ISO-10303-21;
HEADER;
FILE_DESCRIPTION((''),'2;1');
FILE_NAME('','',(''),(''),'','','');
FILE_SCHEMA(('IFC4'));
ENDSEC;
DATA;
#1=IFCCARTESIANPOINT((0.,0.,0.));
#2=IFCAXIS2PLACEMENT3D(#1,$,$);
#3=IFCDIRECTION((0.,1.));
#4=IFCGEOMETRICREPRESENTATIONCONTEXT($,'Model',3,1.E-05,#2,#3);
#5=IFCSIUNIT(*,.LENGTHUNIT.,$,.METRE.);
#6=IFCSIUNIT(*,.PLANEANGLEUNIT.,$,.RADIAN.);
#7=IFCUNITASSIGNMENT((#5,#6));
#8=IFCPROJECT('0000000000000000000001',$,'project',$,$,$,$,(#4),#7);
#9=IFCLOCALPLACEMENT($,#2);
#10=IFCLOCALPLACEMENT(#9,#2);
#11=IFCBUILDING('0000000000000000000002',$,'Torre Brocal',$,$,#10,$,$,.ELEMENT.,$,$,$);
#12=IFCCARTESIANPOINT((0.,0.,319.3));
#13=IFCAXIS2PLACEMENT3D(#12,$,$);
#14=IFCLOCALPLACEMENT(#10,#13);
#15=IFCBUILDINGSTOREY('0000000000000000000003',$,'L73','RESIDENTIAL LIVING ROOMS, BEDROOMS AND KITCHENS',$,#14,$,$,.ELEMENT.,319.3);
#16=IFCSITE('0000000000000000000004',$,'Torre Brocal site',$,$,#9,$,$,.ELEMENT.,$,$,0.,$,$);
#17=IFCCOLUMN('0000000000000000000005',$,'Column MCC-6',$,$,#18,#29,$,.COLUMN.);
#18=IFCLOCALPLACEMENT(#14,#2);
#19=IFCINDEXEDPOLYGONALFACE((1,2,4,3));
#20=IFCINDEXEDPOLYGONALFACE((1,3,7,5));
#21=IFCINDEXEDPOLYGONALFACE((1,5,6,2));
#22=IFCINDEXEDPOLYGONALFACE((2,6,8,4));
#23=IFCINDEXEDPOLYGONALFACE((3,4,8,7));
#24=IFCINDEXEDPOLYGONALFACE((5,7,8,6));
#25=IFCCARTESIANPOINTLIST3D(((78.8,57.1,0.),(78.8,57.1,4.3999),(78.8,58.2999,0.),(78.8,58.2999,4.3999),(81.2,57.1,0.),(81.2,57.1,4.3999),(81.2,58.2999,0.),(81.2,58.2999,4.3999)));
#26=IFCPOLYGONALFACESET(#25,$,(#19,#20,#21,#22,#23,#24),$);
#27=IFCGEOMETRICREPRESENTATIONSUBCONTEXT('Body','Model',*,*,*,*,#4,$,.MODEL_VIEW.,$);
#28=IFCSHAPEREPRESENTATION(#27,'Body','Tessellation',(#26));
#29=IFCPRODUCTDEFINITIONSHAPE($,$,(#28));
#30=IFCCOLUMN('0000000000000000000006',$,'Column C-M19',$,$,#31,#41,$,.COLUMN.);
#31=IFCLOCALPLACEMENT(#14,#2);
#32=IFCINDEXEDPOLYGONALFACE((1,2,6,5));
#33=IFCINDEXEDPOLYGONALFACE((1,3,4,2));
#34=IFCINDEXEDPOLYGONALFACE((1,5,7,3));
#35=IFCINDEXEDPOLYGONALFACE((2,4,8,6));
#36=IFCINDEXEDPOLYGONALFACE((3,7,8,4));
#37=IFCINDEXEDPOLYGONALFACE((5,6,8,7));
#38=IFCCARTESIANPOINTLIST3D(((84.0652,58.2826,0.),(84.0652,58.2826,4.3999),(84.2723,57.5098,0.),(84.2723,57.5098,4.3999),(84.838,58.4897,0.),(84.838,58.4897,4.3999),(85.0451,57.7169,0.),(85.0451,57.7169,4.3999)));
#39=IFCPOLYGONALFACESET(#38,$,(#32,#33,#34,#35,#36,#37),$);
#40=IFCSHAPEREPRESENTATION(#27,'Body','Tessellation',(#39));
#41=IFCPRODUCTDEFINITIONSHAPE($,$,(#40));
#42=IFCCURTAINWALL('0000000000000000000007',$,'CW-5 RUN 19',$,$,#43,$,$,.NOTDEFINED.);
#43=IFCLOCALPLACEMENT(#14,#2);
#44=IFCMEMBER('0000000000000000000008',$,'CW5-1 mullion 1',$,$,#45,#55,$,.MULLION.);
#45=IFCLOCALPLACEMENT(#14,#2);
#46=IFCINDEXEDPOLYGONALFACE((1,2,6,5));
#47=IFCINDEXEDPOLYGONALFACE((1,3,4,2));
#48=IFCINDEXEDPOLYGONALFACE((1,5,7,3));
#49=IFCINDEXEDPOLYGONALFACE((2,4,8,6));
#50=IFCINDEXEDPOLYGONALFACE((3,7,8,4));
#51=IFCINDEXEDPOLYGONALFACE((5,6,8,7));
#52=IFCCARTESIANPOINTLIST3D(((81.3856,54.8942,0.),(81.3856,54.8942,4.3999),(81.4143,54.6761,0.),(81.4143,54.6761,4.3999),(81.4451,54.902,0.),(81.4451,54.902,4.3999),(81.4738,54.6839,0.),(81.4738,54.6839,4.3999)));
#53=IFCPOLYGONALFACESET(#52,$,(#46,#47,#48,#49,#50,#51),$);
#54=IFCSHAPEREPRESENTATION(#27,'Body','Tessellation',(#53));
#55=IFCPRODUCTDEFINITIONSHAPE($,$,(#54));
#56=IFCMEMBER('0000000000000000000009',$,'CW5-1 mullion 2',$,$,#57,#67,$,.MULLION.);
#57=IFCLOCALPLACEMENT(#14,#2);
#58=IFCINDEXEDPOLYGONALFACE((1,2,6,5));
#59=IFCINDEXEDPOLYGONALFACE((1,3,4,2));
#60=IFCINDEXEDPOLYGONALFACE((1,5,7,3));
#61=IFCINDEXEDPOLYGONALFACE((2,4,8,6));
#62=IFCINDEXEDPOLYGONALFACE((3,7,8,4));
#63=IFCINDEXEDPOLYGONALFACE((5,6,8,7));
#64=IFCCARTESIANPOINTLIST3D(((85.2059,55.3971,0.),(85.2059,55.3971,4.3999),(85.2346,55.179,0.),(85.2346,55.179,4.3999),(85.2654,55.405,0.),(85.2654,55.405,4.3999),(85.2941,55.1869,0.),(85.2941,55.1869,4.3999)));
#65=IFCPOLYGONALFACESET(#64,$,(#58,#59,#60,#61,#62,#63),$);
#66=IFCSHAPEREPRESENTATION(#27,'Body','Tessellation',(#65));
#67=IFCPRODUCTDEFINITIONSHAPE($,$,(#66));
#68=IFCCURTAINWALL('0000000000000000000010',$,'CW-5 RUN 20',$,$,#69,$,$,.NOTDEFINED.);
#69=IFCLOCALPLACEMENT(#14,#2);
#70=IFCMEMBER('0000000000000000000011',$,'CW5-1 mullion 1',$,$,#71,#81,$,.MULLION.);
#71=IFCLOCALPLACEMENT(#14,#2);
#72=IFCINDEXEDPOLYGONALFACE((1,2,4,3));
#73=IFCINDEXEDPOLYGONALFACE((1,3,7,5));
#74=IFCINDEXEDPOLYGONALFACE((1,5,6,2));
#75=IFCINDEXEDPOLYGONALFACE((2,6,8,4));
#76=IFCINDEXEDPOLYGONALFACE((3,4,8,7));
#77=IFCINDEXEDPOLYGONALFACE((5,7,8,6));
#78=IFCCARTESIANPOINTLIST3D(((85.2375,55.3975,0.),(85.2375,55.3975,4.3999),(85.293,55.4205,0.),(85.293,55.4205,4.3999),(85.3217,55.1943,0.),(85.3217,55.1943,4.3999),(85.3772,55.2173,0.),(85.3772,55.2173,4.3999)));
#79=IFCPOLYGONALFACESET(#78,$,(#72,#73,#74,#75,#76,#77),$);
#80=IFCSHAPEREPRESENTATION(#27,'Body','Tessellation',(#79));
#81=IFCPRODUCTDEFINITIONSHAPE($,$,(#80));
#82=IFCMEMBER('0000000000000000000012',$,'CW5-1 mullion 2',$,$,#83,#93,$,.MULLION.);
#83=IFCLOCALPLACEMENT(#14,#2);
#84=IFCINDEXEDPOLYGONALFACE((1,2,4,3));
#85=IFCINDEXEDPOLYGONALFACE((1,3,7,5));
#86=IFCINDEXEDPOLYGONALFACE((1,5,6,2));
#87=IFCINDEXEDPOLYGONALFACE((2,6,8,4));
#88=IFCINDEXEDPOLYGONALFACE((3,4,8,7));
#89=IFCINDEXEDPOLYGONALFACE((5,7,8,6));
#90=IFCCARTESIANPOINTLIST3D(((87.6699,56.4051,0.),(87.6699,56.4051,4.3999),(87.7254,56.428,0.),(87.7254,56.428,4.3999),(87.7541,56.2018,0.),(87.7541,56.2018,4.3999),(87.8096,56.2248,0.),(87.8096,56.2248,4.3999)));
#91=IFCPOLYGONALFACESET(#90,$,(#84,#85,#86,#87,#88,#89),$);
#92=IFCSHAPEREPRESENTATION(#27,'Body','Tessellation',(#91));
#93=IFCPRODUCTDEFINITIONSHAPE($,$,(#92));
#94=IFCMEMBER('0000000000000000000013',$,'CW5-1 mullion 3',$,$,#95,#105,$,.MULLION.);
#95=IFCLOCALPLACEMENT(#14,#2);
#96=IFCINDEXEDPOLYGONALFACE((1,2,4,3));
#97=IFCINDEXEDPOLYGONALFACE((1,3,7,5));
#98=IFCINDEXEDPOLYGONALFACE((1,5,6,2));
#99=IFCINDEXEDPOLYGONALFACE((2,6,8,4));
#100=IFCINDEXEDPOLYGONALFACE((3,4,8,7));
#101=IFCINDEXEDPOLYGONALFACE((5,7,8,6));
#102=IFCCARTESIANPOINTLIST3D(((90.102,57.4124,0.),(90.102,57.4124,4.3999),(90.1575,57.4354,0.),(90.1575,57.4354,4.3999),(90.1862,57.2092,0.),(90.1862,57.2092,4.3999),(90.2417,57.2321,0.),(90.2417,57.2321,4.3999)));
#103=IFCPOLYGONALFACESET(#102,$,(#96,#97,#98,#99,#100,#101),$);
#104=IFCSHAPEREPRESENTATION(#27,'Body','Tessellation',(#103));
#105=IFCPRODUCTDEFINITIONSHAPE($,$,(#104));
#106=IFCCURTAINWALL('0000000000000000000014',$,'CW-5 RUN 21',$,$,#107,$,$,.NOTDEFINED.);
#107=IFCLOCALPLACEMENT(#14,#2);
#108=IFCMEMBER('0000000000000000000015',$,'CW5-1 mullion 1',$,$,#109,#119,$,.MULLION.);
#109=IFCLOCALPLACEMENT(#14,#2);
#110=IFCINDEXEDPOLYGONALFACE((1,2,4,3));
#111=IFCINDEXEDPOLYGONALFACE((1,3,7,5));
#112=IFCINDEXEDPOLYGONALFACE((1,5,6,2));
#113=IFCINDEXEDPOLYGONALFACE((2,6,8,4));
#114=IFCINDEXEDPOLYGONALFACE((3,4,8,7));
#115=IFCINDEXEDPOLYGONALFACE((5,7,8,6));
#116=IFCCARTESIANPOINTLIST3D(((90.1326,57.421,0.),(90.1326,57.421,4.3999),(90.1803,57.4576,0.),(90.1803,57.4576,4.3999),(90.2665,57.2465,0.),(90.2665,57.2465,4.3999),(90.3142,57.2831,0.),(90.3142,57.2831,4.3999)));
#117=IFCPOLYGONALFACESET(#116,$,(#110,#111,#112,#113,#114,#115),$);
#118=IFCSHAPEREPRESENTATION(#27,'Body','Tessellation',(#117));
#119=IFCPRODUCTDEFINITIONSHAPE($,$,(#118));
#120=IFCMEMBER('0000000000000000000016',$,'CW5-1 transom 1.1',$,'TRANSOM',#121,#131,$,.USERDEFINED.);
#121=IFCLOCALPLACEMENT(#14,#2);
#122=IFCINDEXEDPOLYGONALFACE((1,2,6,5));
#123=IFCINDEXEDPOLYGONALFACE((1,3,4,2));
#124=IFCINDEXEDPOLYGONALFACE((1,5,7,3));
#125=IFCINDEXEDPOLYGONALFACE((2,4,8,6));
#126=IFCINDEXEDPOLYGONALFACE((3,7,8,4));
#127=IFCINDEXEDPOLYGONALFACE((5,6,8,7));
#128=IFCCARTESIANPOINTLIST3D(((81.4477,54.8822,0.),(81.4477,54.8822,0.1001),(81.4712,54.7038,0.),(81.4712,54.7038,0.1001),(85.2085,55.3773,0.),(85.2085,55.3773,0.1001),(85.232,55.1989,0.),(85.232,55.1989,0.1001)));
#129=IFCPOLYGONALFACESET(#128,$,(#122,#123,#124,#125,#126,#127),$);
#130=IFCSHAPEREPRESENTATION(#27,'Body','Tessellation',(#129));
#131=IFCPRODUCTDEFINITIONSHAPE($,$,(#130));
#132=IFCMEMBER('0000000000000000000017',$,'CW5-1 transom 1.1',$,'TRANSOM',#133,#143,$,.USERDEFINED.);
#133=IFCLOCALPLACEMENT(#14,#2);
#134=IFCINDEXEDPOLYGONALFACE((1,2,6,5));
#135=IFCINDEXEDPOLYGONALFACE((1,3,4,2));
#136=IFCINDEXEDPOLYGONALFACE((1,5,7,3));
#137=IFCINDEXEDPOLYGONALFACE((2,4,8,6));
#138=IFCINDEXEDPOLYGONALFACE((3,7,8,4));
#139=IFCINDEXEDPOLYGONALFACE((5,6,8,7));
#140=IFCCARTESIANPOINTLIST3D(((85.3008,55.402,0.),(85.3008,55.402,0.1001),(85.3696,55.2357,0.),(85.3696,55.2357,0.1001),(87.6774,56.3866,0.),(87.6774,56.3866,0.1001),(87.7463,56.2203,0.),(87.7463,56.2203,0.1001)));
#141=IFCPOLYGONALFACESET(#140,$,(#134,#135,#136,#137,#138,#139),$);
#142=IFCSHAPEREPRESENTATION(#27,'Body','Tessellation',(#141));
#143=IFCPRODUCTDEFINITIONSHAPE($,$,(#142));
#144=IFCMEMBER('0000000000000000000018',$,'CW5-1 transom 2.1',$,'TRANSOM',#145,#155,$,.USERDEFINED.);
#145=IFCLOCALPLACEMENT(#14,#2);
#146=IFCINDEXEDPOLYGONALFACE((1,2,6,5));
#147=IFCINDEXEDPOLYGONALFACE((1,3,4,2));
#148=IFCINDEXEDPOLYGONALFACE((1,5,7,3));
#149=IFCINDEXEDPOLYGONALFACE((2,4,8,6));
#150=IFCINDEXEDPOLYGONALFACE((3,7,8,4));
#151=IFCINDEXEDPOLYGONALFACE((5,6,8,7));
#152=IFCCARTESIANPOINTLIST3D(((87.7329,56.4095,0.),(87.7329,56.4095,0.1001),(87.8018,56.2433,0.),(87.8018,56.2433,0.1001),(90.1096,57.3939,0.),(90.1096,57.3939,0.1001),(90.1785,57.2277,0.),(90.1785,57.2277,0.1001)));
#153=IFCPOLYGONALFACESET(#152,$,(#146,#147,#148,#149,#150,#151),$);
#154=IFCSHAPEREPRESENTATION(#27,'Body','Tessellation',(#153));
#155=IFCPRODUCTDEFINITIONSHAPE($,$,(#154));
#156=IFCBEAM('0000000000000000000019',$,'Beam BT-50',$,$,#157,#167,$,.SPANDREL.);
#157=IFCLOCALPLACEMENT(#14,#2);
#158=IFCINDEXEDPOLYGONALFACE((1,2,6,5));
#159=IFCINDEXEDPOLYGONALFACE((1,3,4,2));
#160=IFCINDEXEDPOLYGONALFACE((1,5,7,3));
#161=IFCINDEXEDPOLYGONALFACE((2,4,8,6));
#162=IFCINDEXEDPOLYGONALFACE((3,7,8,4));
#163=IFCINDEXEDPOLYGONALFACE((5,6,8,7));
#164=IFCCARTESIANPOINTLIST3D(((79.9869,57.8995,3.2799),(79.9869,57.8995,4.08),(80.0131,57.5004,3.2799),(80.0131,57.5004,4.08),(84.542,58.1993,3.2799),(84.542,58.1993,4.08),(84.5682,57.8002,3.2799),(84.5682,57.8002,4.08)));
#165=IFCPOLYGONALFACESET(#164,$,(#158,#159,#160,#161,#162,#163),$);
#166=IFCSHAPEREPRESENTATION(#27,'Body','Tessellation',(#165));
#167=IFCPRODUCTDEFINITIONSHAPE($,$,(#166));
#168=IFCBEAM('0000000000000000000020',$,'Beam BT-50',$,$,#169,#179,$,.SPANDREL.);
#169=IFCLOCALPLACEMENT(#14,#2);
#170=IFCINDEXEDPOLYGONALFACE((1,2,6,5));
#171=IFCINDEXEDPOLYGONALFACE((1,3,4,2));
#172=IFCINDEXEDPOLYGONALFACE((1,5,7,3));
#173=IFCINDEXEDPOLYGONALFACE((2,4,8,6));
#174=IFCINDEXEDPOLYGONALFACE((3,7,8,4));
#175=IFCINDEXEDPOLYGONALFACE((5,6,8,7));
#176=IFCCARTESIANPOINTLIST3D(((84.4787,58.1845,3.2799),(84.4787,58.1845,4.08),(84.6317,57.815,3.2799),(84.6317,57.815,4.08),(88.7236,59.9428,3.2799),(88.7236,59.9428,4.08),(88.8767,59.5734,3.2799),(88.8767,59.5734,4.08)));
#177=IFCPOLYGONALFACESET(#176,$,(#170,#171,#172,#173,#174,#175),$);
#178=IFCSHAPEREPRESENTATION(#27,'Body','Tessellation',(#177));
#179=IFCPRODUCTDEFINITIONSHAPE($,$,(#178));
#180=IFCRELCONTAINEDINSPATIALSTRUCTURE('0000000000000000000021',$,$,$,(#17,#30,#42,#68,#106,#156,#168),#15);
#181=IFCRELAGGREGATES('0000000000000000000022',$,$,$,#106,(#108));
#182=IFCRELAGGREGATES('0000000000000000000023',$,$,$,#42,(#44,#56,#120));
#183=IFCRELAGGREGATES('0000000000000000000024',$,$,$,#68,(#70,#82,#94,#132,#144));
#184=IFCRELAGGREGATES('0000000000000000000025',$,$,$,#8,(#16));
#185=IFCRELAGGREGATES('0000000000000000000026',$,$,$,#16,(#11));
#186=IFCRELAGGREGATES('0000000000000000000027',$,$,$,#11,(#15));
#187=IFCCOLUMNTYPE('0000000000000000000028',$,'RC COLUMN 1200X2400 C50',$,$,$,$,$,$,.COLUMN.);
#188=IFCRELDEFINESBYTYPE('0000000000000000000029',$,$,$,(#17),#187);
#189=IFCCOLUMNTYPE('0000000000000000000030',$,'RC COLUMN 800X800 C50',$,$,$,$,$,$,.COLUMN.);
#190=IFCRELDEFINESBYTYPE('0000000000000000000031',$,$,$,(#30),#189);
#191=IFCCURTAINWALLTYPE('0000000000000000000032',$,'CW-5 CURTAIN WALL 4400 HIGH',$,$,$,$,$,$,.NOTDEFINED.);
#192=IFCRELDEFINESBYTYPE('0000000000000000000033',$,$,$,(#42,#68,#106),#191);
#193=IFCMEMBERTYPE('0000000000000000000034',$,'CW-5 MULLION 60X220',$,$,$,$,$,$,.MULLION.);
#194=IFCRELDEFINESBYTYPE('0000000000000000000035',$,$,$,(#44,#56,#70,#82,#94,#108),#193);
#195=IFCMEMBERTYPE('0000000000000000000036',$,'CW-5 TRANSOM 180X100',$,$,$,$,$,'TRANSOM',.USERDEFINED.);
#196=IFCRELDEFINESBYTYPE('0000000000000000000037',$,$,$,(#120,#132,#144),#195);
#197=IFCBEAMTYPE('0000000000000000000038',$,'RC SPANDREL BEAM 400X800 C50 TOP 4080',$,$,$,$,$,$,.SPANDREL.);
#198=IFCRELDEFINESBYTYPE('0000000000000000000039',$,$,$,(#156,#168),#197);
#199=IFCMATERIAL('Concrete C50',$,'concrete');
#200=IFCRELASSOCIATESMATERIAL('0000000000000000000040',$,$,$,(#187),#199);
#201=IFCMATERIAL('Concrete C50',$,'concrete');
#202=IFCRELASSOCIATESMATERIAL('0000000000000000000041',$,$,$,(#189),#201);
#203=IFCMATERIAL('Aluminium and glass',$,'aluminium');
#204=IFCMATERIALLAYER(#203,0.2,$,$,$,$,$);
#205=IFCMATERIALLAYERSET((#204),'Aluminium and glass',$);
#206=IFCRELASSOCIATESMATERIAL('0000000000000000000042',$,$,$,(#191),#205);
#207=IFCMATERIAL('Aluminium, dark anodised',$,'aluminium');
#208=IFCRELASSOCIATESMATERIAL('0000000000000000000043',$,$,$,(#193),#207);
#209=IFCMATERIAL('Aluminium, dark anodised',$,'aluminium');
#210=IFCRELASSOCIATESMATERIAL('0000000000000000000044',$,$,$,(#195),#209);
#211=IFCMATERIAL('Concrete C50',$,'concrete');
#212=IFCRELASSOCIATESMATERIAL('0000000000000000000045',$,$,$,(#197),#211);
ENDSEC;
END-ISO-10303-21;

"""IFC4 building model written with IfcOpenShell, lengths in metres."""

from ifc_helpers import new_model, si_unit, direction, frame, origin, origin_2d, place, context, subcontext, project, spatial, rectangle, extrude, material, layer, layer_set, material_profile, profile_set, type_object, element, aggregate, save


model = new_model("IFC4")

# Units and contexts
model_context = context("Model", 3, precision=1e-05, world=origin(), true_north=direction((0.0, 1.0)))
body_context = subcontext(model_context, "Body", "Model", "MODEL_VIEW")
ifc_project = project(units=[si_unit("LENGTHUNIT", "METRE"), si_unit("PLANEANGLEUNIT", "RADIAN")], contexts=[model_context])

# Site, building, storey
site_placement = place(None, origin())
site = spatial("IfcSite", under=ifc_project, at=site_placement, Name="Torre Brocal site", CompositionType="ELEMENT", RefElevation=0.0)
building_placement = place(site_placement, origin())
building = spatial("IfcBuilding", under=site, at=building_placement, Name="Torre Brocal", CompositionType="ELEMENT")
storey_placement = place(building_placement, frame((0.0, 0.0, 319.3)))
storey = spatial("IfcBuildingStorey", under=building, at=storey_placement, Name="L73", Description="RESIDENTIAL LIVING ROOMS, BEDROOMS AND KITCHENS", CompositionType="ELEMENT", Elevation=319.3)

# Columns
ifc_material_1 = material(Name="Concrete C50", Category="concrete")
ifc_material_profile_1 = material_profile(ifc_material_1, rectangle(XDim=1.2, YDim=2.3999, at=origin_2d()), Name="RC 1200X2400")
ifc_profile_set_1 = profile_set([ifc_material_profile_1], Name="Concrete C50")
column_type_1 = type_object("IfcColumnType", Name="RC COLUMN 1200X2400 C50", PredefinedType="COLUMN", material=ifc_profile_set_1)
column_1_placement = place(storey_placement, frame((80.0, 57.7, 0.0), z_axis=(0.0, 0.0, 1.0), x_axis=(0.0, -1.0, 0.0)))
element("IfcColumn", 1, at=column_1_placement, inside=storey, type_object=column_type_1, Name="Column MCC-6", PredefinedType="COLUMN", context=body_context, shape_type="SweptSolid", body=[
    extrude(rectangle(XDim=1.2, YDim=2.3999, at=origin_2d()), origin(), (0.0, 0.0, 1.0), 4.3999),
])
ifc_material_2 = material(Name="Concrete C50", Category="concrete")
ifc_material_profile_2 = material_profile(ifc_material_2, rectangle(XDim=0.8, YDim=0.8, at=origin_2d()), Name="RC 800X800")
ifc_profile_set_2 = profile_set([ifc_material_profile_2], Name="Concrete C50")
column_type_2 = type_object("IfcColumnType", Name="RC COLUMN 800X800 C50", PredefinedType="COLUMN", material=ifc_profile_set_2)
column_2_placement = place(storey_placement, frame((84.5552, 57.9998, 0.0), z_axis=(0.0, 0.0, 1.0), x_axis=(0.258819, -0.965926, 0.0)))
element("IfcColumn", 2, at=column_2_placement, inside=storey, type_object=column_type_2, Name="Column C-M19", PredefinedType="COLUMN", context=body_context, shape_type="SweptSolid", body=[
    extrude(rectangle(XDim=0.8, YDim=0.8, at=origin_2d()), origin(), (0.0, 0.0, 1.0), 4.3999),
])

# Curtain walls, members
ifc_material_3 = material(Name="Aluminium and glass", Category="aluminium")
ifc_layer_1 = layer(ifc_material_3, 0.2)
ifc_layer_set_1 = layer_set([ifc_layer_1], Name="Aluminium and glass")
curtain_wall_type = type_object("IfcCurtainWallType", Name="CW-5 CURTAIN WALL 4400 HIGH", PredefinedType="NOTDEFINED", material=ifc_layer_set_1)
curtain_wall_1_placement = place(storey_placement, origin())
curtain_wall_1 = element("IfcCurtainWall", 3, at=curtain_wall_1_placement, inside=storey, type_object=curtain_wall_type, Name="CW-5 RUN 19", PredefinedType="NOTDEFINED")
ifc_material_4 = material(Name="Aluminium, dark anodised", Category="aluminium")
ifc_material_profile_3 = material_profile(ifc_material_4, rectangle(XDim=0.22, YDim=0.0601, at=origin_2d()), Name="CW-5 MULLION 60X220")
ifc_profile_set_3 = profile_set([ifc_material_profile_3], Name="Aluminium, dark anodised")
member_type_1 = type_object("IfcMemberType", Name="CW-5 MULLION 60X220", PredefinedType="MULLION", material=ifc_profile_set_3)
member_1_placement = place(storey_placement, frame((81.4297, 54.7891, 0.0), z_axis=(0.0, 0.0, 1.0), x_axis=(-0.130526, 0.991445, 0.0)))
member_1 = element("IfcMember", 4, at=member_1_placement, type_object=member_type_1, Name="CW5-1 mullion 1", PredefinedType="MULLION", context=body_context, shape_type="SweptSolid", body=[
    extrude(rectangle(XDim=0.22, YDim=0.0601, at=origin_2d()), origin(), (0.0, 0.0, 1.0), 4.3999),
])
member_2_placement = place(storey_placement, frame((85.25, 55.292, 0.0), z_axis=(0.0, 0.0, 1.0), x_axis=(-0.130526, 0.991445, 0.0)))
member_2 = element("IfcMember", 5, at=member_2_placement, type_object=member_type_1, Name="CW5-1 mullion 2", PredefinedType="MULLION", context=body_context, shape_type="SweptSolid", body=[
    extrude(rectangle(XDim=0.22, YDim=0.0601, at=origin_2d()), origin(), (0.0, 0.0, 1.0), 4.3999),
])
curtain_wall_2_placement = place(storey_placement, origin())
curtain_wall_2 = element("IfcCurtainWall", 6, at=curtain_wall_2_placement, inside=storey, type_object=curtain_wall_type, Name="CW-5 RUN 20", PredefinedType="NOTDEFINED")
member_3_placement = place(storey_placement, frame((85.3074, 55.3074, 0.0), z_axis=(0.0, 0.0, 1.0), x_axis=(-0.382683, 0.92388, 0.0)))
member_3 = element("IfcMember", 7, at=member_3_placement, type_object=member_type_1, Name="CW5-1 mullion 1", PredefinedType="MULLION", context=body_context, shape_type="SweptSolid", body=[
    extrude(rectangle(XDim=0.22, YDim=0.0601, at=origin_2d()), origin(), (0.0, 0.0, 1.0), 4.3999),
])
member_4_placement = place(storey_placement, frame((87.7397, 56.3149, 0.0), z_axis=(0.0, 0.0, 1.0), x_axis=(-0.382683, 0.92388, 0.0)))
member_4 = element("IfcMember", 8, at=member_4_placement, type_object=member_type_1, Name="CW5-1 mullion 2", PredefinedType="MULLION", context=body_context, shape_type="SweptSolid", body=[
    extrude(rectangle(XDim=0.22, YDim=0.0601, at=origin_2d()), origin(), (0.0, 0.0, 1.0), 4.3999),
])
member_5_placement = place(storey_placement, frame((90.1719, 57.3223, 0.0), z_axis=(0.0, 0.0, 1.0), x_axis=(-0.382683, 0.92388, 0.0)))
member_5 = element("IfcMember", 9, at=member_5_placement, type_object=member_type_1, Name="CW5-1 mullion 3", PredefinedType="MULLION", context=body_context, shape_type="SweptSolid", body=[
    extrude(rectangle(XDim=0.22, YDim=0.0601, at=origin_2d()), origin(), (0.0, 0.0, 1.0), 4.3999),
])

# Curtain wall, member
curtain_wall_3_placement = place(storey_placement, origin())
curtain_wall_3 = element("IfcCurtainWall", 10, at=curtain_wall_3_placement, inside=storey, type_object=curtain_wall_type, Name="CW-5 RUN 21", PredefinedType="NOTDEFINED")
member_6_placement = place(storey_placement, frame((90.2234, 57.3521, 0.0), z_axis=(0.0, 0.0, 1.0), x_axis=(-0.608761, 0.793353, 0.0)))
member_6 = element("IfcMember", 11, at=member_6_placement, type_object=member_type_1, Name="CW5-1 mullion 1", PredefinedType="MULLION", context=body_context, shape_type="SweptSolid", body=[
    extrude(rectangle(XDim=0.22, YDim=0.0601, at=origin_2d()), origin(), (0.0, 0.0, 1.0), 4.3999),
])
aggregate(curtain_wall_3, [member_6])

# Members
ifc_material_5 = material(Name="Aluminium, dark anodised", Category="aluminium")
ifc_material_profile_4 = material_profile(ifc_material_5, rectangle(XDim=0.1799, YDim=0.1001, at=origin_2d()), Name="CW-5 TRANSOM 180X100")
ifc_profile_set_4 = profile_set([ifc_material_profile_4], Name="Aluminium, dark anodised")
member_type_2 = type_object("IfcMemberType", Name="CW-5 TRANSOM 180X100", ElementType="TRANSOM", PredefinedType="USERDEFINED", material=ifc_profile_set_4)
member_7_placement = place(storey_placement, frame((81.4595, 54.793, 0.05), z_axis=(0.991445, 0.130528, 0.0), x_axis=(-0.130528, 0.991445, 0.0)))
member_7 = element("IfcMember", 12, at=member_7_placement, type_object=member_type_2, Name="CW5-1 transom 1.1", ObjectType="TRANSOM", PredefinedType="USERDEFINED", context=body_context, shape_type="SweptSolid", body=[
    extrude(rectangle(XDim=0.1799, YDim=0.1001, at=origin_2d()), origin(), (0.0, 0.0, 1.0), 3.7932),
])
member_8_placement = place(storey_placement, frame((85.3352, 55.3188, 0.05), z_axis=(0.923858, 0.382735, 0.0), x_axis=(-0.382735, 0.923858, 0.0)))
member_8 = element("IfcMember", 13, at=member_8_placement, type_object=member_type_2, Name="CW5-1 transom 1.1", ObjectType="TRANSOM", PredefinedType="USERDEFINED", context=body_context, shape_type="SweptSolid", body=[
    extrude(rectangle(XDim=0.1799, YDim=0.1001, at=origin_2d()), origin(), (0.0, 0.0, 1.0), 2.5725),
])
member_9_placement = place(storey_placement, frame((87.7673, 56.3264, 0.05), z_axis=(0.923892, 0.382654, 0.0), x_axis=(-0.382654, 0.923892, 0.0)))
member_9 = element("IfcMember", 14, at=member_9_placement, type_object=member_type_2, Name="CW5-1 transom 2.1", ObjectType="TRANSOM", PredefinedType="USERDEFINED", context=body_context, shape_type="SweptSolid", body=[
    extrude(rectangle(XDim=0.1799, YDim=0.1001, at=origin_2d()), origin(), (0.0, 0.0, 1.0), 2.5725),
])

# Beams
ifc_material_6 = material(Name="Concrete C50", Category="concrete")
ifc_material_profile_5 = material_profile(ifc_material_6, rectangle(XDim=0.3999, YDim=0.8, at=origin_2d()), Name="RC 400X800")
ifc_profile_set_5 = profile_set([ifc_material_profile_5], Name="Concrete C50")
beam_type = type_object("IfcBeamType", Name="RC SPANDREL BEAM 400X800 C50 TOP 4080", PredefinedType="SPANDREL", material=ifc_profile_set_5)
beam_1_placement = place(storey_placement, frame((80.0, 57.7, 3.6799), z_axis=(0.997841, 0.065674, 0.0), x_axis=(-0.065674, 0.997841, 0.0)))
element("IfcBeam", 15, at=beam_1_placement, inside=storey, type_object=beam_type, Name="Beam BT-50", PredefinedType="SPANDREL", context=body_context, shape_type="SweptSolid", body=[
    extrude(rectangle(XDim=0.3999, YDim=0.8, at=origin_2d()), origin(), (0.0, 0.0, 1.0), 4.5649),
])
beam_2_placement = place(storey_placement, frame((84.5552, 57.9998, 3.6799), z_axis=(0.923878, 0.382687, 0.0), x_axis=(-0.382687, 0.923878, 0.0)))
element("IfcBeam", 16, at=beam_2_placement, inside=storey, type_object=beam_type, Name="Beam BT-50", PredefinedType="SPANDREL", context=body_context, shape_type="SweptSolid", body=[
    extrude(rectangle(XDim=0.3999, YDim=0.8, at=origin_2d()), origin(), (0.0, 0.0, 1.0), 4.5947),
])

aggregate(curtain_wall_1, [member_1, member_2, member_7])
aggregate(curtain_wall_2, [member_3, member_4, member_5, member_8, member_9])

save(model, "model.ifc")
